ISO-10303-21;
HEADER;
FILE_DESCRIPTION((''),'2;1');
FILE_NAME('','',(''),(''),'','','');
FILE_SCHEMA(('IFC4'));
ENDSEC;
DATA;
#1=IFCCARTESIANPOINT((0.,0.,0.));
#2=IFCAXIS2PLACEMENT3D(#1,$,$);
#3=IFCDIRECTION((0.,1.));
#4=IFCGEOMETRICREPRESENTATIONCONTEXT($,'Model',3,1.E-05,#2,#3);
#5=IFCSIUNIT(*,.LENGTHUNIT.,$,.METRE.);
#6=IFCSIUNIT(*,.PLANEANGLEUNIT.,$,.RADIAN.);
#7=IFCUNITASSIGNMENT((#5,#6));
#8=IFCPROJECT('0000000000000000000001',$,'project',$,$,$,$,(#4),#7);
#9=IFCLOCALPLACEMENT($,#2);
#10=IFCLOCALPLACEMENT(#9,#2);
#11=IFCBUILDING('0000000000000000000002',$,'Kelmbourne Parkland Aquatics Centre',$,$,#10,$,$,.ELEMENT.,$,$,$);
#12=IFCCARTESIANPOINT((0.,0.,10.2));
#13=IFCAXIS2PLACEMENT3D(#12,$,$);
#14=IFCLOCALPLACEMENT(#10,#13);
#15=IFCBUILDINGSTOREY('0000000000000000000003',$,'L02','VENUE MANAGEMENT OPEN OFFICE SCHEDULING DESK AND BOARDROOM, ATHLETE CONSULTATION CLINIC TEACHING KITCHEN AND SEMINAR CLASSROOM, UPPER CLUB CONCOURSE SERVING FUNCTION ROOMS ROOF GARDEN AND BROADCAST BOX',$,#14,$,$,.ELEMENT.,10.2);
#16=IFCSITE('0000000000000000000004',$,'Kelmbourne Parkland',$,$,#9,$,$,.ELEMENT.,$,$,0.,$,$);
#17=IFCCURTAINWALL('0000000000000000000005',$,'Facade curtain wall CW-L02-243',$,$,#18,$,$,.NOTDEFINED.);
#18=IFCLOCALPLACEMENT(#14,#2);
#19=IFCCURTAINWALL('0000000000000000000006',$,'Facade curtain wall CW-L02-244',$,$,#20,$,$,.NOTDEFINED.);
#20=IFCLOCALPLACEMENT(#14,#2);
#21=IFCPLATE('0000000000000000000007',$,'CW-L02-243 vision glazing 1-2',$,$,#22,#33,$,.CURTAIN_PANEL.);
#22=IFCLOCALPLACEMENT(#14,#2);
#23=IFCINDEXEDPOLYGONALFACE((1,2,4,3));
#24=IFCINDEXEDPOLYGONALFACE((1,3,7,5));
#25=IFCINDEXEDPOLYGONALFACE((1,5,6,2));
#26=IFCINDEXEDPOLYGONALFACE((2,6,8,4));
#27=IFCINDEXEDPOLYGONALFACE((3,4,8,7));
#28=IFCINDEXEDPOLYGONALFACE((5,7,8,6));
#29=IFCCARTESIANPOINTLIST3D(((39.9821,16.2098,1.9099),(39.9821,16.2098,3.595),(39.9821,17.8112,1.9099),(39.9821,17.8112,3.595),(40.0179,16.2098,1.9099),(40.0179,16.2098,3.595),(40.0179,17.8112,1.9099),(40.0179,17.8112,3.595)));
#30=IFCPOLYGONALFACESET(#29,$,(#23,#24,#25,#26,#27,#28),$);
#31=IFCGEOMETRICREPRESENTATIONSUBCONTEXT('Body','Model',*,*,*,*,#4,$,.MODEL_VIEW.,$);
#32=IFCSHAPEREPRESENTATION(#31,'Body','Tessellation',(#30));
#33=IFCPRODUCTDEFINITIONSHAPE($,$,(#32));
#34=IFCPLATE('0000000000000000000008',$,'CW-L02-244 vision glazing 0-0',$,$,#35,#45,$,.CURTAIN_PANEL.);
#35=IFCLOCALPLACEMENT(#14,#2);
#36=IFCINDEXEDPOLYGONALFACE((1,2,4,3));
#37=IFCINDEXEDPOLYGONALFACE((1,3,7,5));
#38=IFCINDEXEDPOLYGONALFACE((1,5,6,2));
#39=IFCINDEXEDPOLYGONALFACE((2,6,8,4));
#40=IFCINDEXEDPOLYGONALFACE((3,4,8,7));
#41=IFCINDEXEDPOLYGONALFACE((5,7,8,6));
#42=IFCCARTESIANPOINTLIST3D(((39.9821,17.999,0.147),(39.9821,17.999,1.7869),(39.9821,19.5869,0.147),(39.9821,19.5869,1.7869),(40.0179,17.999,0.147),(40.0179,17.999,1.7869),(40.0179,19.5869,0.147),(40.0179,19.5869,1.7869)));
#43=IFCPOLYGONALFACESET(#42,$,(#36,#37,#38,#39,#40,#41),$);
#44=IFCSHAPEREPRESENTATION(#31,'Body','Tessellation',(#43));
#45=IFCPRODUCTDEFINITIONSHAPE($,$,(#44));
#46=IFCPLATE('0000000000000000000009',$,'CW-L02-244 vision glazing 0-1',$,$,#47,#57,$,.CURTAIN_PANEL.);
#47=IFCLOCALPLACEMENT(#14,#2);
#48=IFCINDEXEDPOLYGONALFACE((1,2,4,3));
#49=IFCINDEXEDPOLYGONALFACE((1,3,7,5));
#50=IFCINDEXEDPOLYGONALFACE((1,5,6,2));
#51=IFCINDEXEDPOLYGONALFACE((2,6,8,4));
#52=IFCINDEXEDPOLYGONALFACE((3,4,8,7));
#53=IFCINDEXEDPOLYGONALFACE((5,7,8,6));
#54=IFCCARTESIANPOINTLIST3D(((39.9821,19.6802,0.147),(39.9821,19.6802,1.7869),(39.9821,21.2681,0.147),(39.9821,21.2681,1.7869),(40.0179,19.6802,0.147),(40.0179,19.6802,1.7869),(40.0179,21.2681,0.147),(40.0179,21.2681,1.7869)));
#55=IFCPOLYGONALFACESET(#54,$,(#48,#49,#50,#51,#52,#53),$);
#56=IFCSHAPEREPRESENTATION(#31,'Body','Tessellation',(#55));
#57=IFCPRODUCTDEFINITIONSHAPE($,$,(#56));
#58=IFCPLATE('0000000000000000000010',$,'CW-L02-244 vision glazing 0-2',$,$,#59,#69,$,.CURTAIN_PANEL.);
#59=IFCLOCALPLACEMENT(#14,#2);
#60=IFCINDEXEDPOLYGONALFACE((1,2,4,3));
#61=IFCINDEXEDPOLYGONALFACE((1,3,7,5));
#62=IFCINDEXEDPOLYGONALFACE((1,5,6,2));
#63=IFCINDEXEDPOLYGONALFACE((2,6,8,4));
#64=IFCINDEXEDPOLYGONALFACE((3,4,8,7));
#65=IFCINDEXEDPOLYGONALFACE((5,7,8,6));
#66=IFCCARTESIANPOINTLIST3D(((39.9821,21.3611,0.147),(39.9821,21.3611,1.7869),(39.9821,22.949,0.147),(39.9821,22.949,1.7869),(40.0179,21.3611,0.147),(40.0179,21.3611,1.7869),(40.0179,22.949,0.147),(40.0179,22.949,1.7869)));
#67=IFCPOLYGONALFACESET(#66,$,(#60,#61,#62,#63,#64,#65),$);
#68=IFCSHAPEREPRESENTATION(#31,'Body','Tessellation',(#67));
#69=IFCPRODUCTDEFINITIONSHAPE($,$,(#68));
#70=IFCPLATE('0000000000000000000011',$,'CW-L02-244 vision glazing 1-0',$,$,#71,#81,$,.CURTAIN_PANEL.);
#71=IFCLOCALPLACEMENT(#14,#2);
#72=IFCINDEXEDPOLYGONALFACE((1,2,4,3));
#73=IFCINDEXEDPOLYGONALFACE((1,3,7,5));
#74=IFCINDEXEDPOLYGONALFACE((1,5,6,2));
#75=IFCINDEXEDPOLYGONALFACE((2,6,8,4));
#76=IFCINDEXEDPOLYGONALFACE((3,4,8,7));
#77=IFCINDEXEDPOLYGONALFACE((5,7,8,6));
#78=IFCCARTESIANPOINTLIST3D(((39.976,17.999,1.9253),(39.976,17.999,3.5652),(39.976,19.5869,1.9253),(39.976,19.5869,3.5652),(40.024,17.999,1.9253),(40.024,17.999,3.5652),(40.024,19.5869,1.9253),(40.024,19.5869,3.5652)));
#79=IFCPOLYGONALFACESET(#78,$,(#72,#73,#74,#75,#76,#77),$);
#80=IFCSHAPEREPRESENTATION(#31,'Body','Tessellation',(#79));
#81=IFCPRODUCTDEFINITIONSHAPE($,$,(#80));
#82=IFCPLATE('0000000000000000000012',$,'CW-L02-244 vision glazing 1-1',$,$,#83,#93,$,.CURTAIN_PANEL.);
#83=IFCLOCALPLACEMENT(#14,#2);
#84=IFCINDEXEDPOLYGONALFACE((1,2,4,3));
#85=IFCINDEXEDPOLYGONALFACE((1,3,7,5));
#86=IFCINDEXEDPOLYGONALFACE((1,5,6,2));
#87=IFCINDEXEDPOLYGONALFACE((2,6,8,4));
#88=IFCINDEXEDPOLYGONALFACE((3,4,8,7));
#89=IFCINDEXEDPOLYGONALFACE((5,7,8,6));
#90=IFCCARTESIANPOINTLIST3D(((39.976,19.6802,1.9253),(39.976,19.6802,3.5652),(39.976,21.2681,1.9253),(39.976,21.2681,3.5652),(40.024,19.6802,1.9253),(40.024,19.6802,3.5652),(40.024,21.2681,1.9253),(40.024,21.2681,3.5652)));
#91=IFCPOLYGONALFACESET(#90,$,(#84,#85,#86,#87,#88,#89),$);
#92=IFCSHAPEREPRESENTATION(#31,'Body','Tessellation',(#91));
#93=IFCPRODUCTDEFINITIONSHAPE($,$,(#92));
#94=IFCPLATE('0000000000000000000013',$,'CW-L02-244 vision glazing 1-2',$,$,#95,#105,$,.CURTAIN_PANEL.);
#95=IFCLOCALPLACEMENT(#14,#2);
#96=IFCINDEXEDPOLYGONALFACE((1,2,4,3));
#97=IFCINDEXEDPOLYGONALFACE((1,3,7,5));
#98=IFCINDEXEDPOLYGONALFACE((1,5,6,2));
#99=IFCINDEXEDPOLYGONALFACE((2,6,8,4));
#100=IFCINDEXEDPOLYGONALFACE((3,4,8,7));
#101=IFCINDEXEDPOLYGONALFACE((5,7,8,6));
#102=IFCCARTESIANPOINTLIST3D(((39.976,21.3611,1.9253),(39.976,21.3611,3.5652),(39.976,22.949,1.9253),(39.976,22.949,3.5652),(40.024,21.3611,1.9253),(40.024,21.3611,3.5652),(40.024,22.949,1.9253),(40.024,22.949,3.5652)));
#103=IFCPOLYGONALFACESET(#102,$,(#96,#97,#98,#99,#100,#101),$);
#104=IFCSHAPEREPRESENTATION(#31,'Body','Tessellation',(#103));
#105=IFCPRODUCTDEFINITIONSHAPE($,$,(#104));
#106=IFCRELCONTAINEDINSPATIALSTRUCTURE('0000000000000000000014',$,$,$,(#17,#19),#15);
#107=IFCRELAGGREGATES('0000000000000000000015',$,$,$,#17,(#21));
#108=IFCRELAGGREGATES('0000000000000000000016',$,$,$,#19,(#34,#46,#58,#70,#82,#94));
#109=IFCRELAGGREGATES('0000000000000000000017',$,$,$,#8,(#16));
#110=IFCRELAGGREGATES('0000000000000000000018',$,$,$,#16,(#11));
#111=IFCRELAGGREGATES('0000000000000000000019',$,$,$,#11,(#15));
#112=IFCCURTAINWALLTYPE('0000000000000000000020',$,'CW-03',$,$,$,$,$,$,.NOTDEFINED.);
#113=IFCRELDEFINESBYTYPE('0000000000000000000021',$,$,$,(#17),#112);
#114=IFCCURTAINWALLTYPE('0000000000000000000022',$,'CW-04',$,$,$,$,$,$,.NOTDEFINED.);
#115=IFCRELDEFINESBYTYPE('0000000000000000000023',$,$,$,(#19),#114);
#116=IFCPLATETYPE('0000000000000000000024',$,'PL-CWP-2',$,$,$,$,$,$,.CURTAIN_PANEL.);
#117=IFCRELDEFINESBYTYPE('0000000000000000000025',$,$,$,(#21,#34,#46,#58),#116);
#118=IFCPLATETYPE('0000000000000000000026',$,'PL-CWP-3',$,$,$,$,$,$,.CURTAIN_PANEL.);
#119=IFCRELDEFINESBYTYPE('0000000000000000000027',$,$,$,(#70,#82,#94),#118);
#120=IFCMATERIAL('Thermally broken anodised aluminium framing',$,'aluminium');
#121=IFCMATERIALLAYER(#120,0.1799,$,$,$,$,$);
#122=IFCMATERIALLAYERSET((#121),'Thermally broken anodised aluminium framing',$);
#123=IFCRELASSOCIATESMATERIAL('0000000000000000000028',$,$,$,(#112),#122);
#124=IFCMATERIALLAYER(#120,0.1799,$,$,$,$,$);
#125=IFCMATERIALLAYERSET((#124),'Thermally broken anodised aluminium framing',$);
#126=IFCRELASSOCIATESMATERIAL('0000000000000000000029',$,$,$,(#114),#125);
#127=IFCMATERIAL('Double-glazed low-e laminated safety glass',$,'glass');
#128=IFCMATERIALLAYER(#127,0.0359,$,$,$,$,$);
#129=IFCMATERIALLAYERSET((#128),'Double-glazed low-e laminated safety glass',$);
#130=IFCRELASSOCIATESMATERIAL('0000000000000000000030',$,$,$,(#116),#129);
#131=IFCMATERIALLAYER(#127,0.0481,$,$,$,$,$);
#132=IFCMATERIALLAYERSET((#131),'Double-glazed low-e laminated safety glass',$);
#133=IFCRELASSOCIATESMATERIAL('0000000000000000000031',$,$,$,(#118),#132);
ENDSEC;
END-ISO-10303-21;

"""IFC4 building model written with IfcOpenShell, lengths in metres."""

from ifc_helpers import new_model, si_unit, direction, frame, origin, origin_2d, place, context, subcontext, project, spatial, rectangle, extrude, material, layer, layer_set, type_object, element, aggregate, save


model = new_model("IFC4")

# Units and contexts
model_context = context("Model", 3, precision=1e-05, world=origin(), true_north=direction((0.0, 1.0)))
body_context = subcontext(model_context, "Body", "Model", "MODEL_VIEW")
ifc_project = project(units=[si_unit("LENGTHUNIT", "METRE"), si_unit("PLANEANGLEUNIT", "RADIAN")], contexts=[model_context])

# Site, building, storey
site_placement = place(None, origin())
site = spatial("IfcSite", under=ifc_project, at=site_placement, Name="Kelmbourne Parkland", CompositionType="ELEMENT", RefElevation=0.0)
building_placement = place(site_placement, origin())
building = spatial("IfcBuilding", under=site, at=building_placement, Name="Kelmbourne Parkland Aquatics Centre", CompositionType="ELEMENT")
storey_placement = place(building_placement, frame((0.0, 0.0, 10.2)))
storey = spatial("IfcBuildingStorey", under=building, at=storey_placement, Name="L02", Description="VENUE MANAGEMENT OPEN OFFICE SCHEDULING DESK AND BOARDROOM, ATHLETE CONSULTATION CLINIC TEACHING KITCHEN AND SEMINAR CLASSROOM, UPPER CLUB CONCOURSE SERVING FUNCTION ROOMS ROOF GARDEN AND BROADCAST BOX", CompositionType="ELEMENT", Elevation=10.2)

# Curtain wall
ifc_material_1 = material(Name="Thermally broken anodised aluminium framing", Category="aluminium")
ifc_layer_1 = layer(ifc_material_1, 0.1799)
ifc_layer_set_1 = layer_set([ifc_layer_1], Name="Thermally broken anodised aluminium framing")
curtain_wall_type_1 = type_object("IfcCurtainWallType", Name="CW-03", PredefinedType="NOTDEFINED", material=ifc_layer_set_1)
curtain_wall_1_placement = place(storey_placement, origin())
curtain_wall_1 = element("IfcCurtainWall", 1, at=curtain_wall_1_placement, inside=storey, type_object=curtain_wall_type_1, Name="Facade curtain wall CW-L02-243", PredefinedType="NOTDEFINED")

# Curtain wall
ifc_layer_2 = layer(ifc_material_1, 0.1799)
ifc_layer_set_2 = layer_set([ifc_layer_2], Name="Thermally broken anodised aluminium framing")
curtain_wall_type_2 = type_object("IfcCurtainWallType", Name="CW-04", PredefinedType="NOTDEFINED", material=ifc_layer_set_2)
curtain_wall_2_placement = place(storey_placement, origin())
curtain_wall_2 = element("IfcCurtainWall", 2, at=curtain_wall_2_placement, inside=storey, type_object=curtain_wall_type_2, Name="Facade curtain wall CW-L02-244", PredefinedType="NOTDEFINED")

# Plates
ifc_material_2 = material(Name="Double-glazed low-e laminated safety glass", Category="glass")
ifc_layer_3 = layer(ifc_material_2, 0.0359)
ifc_layer_set_3 = layer_set([ifc_layer_3], Name="Double-glazed low-e laminated safety glass")
plate_type_1 = type_object("IfcPlateType", Name="PL-CWP-2", PredefinedType="CURTAIN_PANEL", material=ifc_layer_set_3)
plate_1_placement = place(storey_placement, frame((40.0, 17.0105, 1.9099), z_axis=(0.0, 0.0, 1.0), x_axis=(0.0, 1.0, 0.0)))
plate_1 = element("IfcPlate", 3, at=plate_1_placement, type_object=plate_type_1, Name="CW-L02-243 vision glazing 1-2", PredefinedType="CURTAIN_PANEL", context=body_context, shape_type="SweptSolid", body=[
    extrude(rectangle(XDim=1.6013, YDim=0.0359, at=origin_2d()), origin(), (0.0, 0.0, 1.0), 1.6851),
])
aggregate(curtain_wall_1, [plate_1])
plate_2_placement = place(storey_placement, frame((40.0, 18.793, 0.147), z_axis=(0.0, 0.0, 1.0), x_axis=(0.0, 1.0, 0.0)))
plate_2 = element("IfcPlate", 4, at=plate_2_placement, type_object=plate_type_1, Name="CW-L02-244 vision glazing 0-0", PredefinedType="CURTAIN_PANEL", context=body_context, shape_type="SweptSolid", body=[
    extrude(rectangle(XDim=1.5879, YDim=0.0359, at=origin_2d()), origin(), (0.0, 0.0, 1.0), 1.6399),
])
plate_3_placement = place(storey_placement, frame((40.0, 20.4741, 0.147), z_axis=(0.0, 0.0, 1.0), x_axis=(0.0, 1.0, 0.0)))
plate_3 = element("IfcPlate", 5, at=plate_3_placement, type_object=plate_type_1, Name="CW-L02-244 vision glazing 0-1", PredefinedType="CURTAIN_PANEL", context=body_context, shape_type="SweptSolid", body=[
    extrude(rectangle(XDim=1.5879, YDim=0.0359, at=origin_2d()), origin(), (0.0, 0.0, 1.0), 1.6399),
])
plate_4_placement = place(storey_placement, frame((40.0, 22.155, 0.147), z_axis=(0.0, 0.0, 1.0), x_axis=(0.0, 1.0, 0.0)))
plate_4 = element("IfcPlate", 6, at=plate_4_placement, type_object=plate_type_1, Name="CW-L02-244 vision glazing 0-2", PredefinedType="CURTAIN_PANEL", context=body_context, shape_type="SweptSolid", body=[
    extrude(rectangle(XDim=1.5879, YDim=0.0359, at=origin_2d()), origin(), (0.0, 0.0, 1.0), 1.6399),
])
ifc_layer_4 = layer(ifc_material_2, 0.0481)
ifc_layer_set_4 = layer_set([ifc_layer_4], Name="Double-glazed low-e laminated safety glass")
plate_type_2 = type_object("IfcPlateType", Name="PL-CWP-3", PredefinedType="CURTAIN_PANEL", material=ifc_layer_set_4)
plate_5_placement = place(storey_placement, frame((40.0, 18.793, 1.9253), z_axis=(0.0, 0.0, 1.0), x_axis=(0.0, 1.0, 0.0)))
plate_5 = element("IfcPlate", 7, at=plate_5_placement, type_object=plate_type_2, Name="CW-L02-244 vision glazing 1-0", PredefinedType="CURTAIN_PANEL", context=body_context, shape_type="SweptSolid", body=[
    extrude(rectangle(XDim=1.5879, YDim=0.0481, at=origin_2d()), origin(), (0.0, 0.0, 1.0), 1.6399),
])
plate_6_placement = place(storey_placement, frame((40.0, 20.4741, 1.9253), z_axis=(0.0, 0.0, 1.0), x_axis=(0.0, 1.0, 0.0)))
plate_6 = element("IfcPlate", 8, at=plate_6_placement, type_object=plate_type_2, Name="CW-L02-244 vision glazing 1-1", PredefinedType="CURTAIN_PANEL", context=body_context, shape_type="SweptSolid", body=[
    extrude(rectangle(XDim=1.5879, YDim=0.0481, at=origin_2d()), origin(), (0.0, 0.0, 1.0), 1.6399),
])
plate_7_placement = place(storey_placement, frame((40.0, 22.155, 1.9253), z_axis=(0.0, 0.0, 1.0), x_axis=(0.0, 1.0, 0.0)))
plate_7 = element("IfcPlate", 9, at=plate_7_placement, type_object=plate_type_2, Name="CW-L02-244 vision glazing 1-2", PredefinedType="CURTAIN_PANEL", context=body_context, shape_type="SweptSolid", body=[
    extrude(rectangle(XDim=1.5879, YDim=0.0481, at=origin_2d()), origin(), (0.0, 0.0, 1.0), 1.6399),
])
aggregate(curtain_wall_2, [plate_2, plate_3, plate_4, plate_5, plate_6, plate_7])

save(model, "model.ifc")
